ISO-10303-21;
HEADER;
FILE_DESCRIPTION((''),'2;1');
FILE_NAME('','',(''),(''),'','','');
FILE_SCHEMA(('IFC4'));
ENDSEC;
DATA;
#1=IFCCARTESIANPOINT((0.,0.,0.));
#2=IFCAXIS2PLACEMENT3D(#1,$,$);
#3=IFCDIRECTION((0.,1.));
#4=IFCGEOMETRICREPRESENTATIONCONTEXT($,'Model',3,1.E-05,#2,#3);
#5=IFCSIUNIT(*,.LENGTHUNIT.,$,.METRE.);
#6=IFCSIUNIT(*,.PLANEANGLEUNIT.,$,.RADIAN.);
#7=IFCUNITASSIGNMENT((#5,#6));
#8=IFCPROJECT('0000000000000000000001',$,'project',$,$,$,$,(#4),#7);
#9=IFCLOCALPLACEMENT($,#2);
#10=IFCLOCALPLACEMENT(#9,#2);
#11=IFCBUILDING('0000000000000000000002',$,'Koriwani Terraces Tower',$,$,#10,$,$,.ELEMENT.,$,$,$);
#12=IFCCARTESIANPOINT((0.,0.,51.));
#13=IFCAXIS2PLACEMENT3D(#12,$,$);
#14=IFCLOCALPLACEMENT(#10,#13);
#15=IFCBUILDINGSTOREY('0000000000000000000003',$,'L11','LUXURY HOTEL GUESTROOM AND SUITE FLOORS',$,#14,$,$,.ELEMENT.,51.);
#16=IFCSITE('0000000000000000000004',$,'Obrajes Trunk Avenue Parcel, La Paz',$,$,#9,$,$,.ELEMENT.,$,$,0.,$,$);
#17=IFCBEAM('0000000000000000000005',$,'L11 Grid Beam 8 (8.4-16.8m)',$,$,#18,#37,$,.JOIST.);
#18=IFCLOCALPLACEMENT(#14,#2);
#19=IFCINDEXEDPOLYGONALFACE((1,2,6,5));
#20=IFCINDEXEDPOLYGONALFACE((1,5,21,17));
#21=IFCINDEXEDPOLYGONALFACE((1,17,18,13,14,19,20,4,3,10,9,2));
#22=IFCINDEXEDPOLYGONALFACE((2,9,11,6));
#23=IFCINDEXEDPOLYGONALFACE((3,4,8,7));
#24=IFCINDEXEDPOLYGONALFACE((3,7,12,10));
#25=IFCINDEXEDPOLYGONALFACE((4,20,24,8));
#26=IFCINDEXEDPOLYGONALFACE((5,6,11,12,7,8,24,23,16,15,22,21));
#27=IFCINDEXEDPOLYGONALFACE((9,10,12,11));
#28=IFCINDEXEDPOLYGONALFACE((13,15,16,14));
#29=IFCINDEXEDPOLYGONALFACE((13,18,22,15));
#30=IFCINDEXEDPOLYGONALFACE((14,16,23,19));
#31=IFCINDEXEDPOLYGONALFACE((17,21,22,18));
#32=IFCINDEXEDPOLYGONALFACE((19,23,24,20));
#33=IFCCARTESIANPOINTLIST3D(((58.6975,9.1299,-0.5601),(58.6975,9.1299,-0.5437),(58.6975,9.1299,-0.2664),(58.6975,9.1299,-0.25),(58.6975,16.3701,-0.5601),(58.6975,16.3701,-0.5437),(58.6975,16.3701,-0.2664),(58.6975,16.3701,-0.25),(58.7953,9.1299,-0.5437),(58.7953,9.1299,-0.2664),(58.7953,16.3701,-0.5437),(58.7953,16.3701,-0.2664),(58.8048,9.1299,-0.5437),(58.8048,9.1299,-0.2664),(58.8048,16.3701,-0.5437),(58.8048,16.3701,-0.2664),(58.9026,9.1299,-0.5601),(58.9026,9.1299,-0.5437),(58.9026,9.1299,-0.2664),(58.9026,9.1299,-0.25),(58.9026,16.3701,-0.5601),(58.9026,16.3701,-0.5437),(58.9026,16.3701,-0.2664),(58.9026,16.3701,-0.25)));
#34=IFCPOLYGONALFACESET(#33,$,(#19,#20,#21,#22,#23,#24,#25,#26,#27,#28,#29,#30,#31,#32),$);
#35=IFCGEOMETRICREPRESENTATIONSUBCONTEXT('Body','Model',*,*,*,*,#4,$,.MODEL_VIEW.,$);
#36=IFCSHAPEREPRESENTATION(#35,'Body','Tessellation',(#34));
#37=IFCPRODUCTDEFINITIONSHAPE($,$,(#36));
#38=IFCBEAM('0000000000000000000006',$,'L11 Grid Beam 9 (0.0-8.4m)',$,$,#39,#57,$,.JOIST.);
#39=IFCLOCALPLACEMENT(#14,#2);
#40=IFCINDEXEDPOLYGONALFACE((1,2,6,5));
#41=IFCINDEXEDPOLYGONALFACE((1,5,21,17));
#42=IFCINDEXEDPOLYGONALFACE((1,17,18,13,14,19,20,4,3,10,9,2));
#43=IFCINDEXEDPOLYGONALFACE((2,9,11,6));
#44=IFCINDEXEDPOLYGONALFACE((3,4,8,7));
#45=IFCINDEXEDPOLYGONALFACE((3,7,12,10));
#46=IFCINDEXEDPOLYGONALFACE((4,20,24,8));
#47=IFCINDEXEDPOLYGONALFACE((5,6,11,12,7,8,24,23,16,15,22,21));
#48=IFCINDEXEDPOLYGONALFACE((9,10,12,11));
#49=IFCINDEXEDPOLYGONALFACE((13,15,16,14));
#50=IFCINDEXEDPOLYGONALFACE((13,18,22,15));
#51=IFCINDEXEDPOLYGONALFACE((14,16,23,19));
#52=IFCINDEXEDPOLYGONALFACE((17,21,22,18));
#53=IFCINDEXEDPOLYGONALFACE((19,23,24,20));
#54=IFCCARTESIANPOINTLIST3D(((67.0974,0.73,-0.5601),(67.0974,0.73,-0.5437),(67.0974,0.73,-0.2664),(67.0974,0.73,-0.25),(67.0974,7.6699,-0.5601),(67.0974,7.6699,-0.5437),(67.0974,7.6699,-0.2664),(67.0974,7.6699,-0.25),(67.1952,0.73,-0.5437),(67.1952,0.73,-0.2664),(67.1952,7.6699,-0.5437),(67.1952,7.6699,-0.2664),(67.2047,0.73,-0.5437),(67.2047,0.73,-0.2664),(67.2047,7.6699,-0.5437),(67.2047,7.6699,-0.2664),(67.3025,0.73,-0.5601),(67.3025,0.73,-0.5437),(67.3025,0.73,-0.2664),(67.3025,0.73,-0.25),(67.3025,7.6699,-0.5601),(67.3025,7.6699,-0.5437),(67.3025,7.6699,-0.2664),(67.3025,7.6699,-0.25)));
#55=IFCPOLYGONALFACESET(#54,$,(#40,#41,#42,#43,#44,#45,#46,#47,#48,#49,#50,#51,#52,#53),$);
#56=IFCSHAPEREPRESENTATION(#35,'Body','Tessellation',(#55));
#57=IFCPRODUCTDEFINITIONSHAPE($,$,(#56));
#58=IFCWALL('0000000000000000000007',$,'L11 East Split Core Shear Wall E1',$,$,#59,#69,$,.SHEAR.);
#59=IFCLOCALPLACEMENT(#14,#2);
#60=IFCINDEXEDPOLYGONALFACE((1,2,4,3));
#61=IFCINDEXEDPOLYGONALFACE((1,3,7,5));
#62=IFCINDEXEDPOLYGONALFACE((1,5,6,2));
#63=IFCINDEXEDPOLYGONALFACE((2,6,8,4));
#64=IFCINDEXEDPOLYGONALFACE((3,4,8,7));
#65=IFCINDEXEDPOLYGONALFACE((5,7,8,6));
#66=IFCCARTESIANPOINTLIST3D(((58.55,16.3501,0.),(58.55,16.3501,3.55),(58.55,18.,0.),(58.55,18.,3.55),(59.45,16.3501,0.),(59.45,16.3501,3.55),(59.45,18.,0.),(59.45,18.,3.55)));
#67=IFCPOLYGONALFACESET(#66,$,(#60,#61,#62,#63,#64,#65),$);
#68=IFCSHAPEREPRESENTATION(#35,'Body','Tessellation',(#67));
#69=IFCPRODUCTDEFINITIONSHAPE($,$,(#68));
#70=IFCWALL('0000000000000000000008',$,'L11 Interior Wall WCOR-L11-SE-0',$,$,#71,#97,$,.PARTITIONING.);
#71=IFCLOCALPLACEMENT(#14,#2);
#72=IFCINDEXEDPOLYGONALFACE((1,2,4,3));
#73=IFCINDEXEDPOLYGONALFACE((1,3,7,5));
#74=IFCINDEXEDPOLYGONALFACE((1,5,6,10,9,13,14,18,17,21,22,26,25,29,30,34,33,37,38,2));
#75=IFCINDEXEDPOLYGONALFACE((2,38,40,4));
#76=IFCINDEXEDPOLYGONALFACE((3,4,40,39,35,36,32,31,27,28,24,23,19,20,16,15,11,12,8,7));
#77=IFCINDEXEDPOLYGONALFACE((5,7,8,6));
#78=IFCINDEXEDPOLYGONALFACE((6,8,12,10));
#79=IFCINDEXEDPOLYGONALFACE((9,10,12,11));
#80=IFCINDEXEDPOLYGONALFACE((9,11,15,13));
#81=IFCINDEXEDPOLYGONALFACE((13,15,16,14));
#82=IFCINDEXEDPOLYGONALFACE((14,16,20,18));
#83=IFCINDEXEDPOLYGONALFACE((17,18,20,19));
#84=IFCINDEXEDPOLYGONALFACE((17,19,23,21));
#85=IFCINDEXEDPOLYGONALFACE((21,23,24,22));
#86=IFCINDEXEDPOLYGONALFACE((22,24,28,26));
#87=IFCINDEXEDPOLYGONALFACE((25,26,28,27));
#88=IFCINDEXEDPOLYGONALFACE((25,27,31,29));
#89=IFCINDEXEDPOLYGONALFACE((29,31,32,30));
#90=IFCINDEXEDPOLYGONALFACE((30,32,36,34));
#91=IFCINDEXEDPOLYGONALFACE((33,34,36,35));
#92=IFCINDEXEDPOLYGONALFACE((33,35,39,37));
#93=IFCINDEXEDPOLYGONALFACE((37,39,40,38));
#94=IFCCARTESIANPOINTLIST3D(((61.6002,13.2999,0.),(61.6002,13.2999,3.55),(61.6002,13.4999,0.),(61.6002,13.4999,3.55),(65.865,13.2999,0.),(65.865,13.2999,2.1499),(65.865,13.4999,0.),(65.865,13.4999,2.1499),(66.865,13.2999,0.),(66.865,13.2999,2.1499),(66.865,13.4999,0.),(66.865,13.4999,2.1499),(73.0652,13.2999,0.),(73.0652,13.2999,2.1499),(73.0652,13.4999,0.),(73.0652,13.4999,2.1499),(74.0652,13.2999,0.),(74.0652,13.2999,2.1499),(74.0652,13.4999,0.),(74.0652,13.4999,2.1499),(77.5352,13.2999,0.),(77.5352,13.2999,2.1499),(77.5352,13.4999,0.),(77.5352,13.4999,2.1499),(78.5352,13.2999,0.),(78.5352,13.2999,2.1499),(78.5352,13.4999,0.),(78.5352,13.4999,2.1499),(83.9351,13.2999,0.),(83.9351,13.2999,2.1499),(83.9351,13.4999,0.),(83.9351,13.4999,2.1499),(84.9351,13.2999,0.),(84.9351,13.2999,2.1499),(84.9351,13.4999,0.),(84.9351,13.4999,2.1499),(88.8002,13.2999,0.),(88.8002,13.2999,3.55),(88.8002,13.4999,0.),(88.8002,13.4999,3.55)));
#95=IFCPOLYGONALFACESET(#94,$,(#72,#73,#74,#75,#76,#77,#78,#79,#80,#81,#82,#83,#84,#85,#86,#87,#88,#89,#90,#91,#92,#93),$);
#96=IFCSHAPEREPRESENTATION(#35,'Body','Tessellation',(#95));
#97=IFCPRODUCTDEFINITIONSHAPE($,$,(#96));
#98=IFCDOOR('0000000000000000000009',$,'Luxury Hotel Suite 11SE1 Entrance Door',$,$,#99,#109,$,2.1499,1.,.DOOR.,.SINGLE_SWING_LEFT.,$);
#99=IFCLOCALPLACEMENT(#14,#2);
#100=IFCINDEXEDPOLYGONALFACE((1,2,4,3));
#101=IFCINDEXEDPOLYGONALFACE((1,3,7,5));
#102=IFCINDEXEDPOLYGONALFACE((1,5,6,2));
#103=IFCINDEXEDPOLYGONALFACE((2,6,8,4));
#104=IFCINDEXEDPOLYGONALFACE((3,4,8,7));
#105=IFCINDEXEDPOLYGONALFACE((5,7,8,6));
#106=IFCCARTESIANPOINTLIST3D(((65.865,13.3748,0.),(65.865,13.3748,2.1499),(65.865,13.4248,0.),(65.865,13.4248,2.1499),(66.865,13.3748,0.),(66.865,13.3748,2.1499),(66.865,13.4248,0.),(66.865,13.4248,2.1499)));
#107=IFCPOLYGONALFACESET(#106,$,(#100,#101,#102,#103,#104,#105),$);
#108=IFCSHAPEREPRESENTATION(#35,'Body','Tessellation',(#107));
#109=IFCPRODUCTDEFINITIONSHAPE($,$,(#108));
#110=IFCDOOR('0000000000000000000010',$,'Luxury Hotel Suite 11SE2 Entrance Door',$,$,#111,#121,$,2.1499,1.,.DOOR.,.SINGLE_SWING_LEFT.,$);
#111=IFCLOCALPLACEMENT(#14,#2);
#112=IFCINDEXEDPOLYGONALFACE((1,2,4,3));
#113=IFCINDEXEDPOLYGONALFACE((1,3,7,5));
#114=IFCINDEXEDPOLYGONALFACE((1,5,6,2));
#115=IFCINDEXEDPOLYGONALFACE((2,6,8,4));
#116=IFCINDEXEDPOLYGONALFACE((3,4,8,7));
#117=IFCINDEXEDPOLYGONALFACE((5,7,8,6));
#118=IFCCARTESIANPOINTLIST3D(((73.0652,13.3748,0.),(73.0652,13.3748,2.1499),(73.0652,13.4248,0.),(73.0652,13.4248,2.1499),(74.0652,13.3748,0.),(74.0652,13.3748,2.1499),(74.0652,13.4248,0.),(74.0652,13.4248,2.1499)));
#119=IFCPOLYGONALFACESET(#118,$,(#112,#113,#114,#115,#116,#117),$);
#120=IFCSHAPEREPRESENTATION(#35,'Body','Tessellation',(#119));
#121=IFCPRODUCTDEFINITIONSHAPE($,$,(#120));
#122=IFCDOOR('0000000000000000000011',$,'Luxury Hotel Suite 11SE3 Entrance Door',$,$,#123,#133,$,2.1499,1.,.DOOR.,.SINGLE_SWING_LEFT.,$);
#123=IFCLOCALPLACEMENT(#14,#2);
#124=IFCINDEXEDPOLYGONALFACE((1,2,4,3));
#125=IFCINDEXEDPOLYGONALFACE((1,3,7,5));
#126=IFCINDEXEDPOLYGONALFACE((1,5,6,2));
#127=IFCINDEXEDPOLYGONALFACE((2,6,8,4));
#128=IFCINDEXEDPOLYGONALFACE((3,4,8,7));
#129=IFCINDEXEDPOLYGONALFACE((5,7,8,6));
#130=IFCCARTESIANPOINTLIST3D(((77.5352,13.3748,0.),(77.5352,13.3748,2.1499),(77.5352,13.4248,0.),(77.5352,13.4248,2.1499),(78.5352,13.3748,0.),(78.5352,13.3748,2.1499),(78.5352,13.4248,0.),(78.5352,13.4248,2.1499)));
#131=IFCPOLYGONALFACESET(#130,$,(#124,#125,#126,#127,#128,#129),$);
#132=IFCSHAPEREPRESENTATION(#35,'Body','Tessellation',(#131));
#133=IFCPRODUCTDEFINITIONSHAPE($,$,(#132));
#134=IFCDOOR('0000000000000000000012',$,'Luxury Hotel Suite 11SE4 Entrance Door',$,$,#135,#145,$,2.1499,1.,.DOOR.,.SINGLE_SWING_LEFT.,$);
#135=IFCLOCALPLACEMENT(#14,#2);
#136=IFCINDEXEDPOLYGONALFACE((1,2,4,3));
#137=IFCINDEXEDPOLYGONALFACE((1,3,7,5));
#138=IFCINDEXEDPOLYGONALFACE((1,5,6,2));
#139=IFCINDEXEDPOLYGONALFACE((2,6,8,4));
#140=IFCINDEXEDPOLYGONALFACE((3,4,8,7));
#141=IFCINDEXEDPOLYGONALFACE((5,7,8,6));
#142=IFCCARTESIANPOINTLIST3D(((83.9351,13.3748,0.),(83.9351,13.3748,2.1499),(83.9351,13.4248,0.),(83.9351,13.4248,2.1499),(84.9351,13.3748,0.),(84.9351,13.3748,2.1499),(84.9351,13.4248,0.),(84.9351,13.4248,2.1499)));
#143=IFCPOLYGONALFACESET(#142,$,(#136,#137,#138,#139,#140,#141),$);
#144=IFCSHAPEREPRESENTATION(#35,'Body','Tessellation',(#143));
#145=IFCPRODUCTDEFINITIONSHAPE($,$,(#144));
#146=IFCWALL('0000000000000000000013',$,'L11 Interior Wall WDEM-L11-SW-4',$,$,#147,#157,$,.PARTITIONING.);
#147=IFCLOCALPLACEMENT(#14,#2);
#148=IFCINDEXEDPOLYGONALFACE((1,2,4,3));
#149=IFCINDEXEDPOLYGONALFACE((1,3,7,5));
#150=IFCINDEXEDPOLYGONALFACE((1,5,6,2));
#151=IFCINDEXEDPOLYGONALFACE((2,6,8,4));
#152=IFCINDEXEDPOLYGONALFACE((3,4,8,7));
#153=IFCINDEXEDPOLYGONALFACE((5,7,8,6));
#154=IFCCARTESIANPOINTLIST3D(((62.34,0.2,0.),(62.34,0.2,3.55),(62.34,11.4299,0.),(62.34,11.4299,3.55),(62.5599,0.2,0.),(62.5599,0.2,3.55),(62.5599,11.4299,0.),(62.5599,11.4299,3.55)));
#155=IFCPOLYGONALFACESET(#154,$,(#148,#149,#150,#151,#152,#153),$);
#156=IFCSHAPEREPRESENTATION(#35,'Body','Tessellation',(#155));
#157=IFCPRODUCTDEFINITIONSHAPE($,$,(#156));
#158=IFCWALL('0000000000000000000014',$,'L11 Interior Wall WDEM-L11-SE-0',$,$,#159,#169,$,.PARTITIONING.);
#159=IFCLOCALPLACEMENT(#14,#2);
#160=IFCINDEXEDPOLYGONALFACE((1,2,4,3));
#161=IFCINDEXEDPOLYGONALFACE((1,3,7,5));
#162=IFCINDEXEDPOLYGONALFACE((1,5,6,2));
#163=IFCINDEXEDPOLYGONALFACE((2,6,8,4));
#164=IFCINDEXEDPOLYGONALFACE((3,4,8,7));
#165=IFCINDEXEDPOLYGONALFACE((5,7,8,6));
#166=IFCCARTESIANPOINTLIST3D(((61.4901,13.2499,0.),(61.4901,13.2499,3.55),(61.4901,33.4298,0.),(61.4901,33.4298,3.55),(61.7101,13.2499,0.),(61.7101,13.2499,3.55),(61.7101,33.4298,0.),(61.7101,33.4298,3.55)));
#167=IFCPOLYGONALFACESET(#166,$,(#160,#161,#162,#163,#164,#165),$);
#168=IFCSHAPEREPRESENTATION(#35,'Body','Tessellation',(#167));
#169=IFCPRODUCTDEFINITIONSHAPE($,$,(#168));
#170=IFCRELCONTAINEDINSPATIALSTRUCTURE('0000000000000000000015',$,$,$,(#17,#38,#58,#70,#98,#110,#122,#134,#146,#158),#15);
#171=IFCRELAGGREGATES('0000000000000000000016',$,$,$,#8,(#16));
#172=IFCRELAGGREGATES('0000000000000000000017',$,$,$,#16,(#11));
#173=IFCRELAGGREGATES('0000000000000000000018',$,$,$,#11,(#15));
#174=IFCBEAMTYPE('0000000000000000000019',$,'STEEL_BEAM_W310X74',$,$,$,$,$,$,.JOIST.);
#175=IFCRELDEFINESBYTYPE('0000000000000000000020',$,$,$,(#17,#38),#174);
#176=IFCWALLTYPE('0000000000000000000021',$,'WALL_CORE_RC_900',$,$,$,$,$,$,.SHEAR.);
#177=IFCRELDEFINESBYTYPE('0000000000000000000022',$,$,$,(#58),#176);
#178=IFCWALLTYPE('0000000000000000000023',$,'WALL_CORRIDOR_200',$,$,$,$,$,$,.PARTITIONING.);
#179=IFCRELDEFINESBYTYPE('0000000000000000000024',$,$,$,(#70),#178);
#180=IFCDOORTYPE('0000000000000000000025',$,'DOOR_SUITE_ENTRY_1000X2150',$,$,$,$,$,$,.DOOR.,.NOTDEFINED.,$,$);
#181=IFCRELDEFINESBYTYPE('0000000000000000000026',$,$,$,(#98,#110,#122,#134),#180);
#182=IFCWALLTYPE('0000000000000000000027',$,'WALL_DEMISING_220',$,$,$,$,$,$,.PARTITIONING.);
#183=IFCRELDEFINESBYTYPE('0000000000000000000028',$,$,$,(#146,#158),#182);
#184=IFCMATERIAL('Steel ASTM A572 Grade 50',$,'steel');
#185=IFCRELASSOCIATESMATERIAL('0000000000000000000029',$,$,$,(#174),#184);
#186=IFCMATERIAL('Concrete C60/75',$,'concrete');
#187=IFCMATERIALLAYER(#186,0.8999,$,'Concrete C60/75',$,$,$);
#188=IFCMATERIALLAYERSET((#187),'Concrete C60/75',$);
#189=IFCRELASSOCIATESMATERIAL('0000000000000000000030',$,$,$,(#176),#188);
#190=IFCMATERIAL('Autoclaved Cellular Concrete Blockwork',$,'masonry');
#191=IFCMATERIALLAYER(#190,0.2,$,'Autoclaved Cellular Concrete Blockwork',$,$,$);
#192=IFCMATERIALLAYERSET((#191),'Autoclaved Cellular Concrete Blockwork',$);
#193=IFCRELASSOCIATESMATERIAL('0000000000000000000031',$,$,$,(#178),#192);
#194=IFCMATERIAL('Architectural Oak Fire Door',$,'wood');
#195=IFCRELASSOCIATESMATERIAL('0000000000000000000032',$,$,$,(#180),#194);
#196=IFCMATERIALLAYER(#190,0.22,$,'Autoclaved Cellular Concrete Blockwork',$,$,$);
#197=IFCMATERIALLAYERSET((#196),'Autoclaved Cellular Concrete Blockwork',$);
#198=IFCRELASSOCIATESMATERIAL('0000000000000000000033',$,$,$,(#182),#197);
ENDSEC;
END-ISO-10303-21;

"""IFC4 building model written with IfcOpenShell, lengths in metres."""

from ifc_helpers import new_model, si_unit, direction, frame, frame_2d, origin, origin_2d, place, context, subcontext, project, spatial, rectangle, i_section, extrude, material, layer, layer_set, material_profile, profile_set, type_object, element, fill, save


model = new_model("IFC4")

# Units and contexts
model_context = context("Model", 3, precision=1e-05, world=origin(), true_north=direction((0.0, 1.0)))
body_context = subcontext(model_context, "Body", "Model", "MODEL_VIEW")
ifc_project = project(units=[si_unit("LENGTHUNIT", "METRE"), si_unit("PLANEANGLEUNIT", "RADIAN")], contexts=[model_context])

# Site, building, storey
site_placement = place(None, origin())
site = spatial("IfcSite", under=ifc_project, at=site_placement, Name="Obrajes Trunk Avenue Parcel, La Paz", CompositionType="ELEMENT", RefElevation=0.0)
building_placement = place(site_placement, origin())
building = spatial("IfcBuilding", under=site, at=building_placement, Name="Koriwani Terraces Tower", CompositionType="ELEMENT")
storey_placement = place(building_placement, frame((0.0, 0.0, 51.0)))
storey = spatial("IfcBuildingStorey", under=building, at=storey_placement, Name="L11", Description="LUXURY HOTEL GUESTROOM AND SUITE FLOORS", CompositionType="ELEMENT", Elevation=51.0)

# Shared definitions
ifc_material_1 = material(Name="Concrete C60/75", Category="concrete")

# Beams
ifc_material_2 = material(Name="Steel ASTM A572 Grade 50", Category="steel")
ifc_material_profile_1 = material_profile(ifc_material_2, i_section(OverallWidth=0.2051, OverallDepth=0.3101, WebThickness=0.0095, FlangeThickness=0.0164, at=origin_2d()), Name="Steel ASTM A572 Grade 50", Category="LoadBearing")
ifc_profile_set_1 = profile_set([ifc_material_profile_1], Name="Steel ASTM A572 Grade 50")
beam_type_1 = type_object("IfcBeamType", Name="STEEL_BEAM_W310X74", PredefinedType="JOIST", material=ifc_profile_set_1)
beam_1_placement = place(storey_placement, frame((58.8, 9.1299, -0.405), z_axis=(0.0, 1.0, 0.0), x_axis=(-1.0, 0.0, 0.0)))
element("IfcBeam", 1, at=beam_1_placement, inside=storey, type_object=beam_type_1, Name="L11 Grid Beam 8 (8.4-16.8m)", PredefinedType="JOIST", context=body_context, shape_type="SweptSolid", body=[
    extrude(i_section(OverallWidth=0.2051, OverallDepth=0.3101, WebThickness=0.0095, FlangeThickness=0.0164, at=origin_2d()), origin(), (0.0, 0.0, 1.0), 7.2402),
])
beam_2_placement = place(storey_placement, frame((67.2, 0.73, -0.405), z_axis=(0.0, 1.0, 0.0), x_axis=(-1.0, 0.0, 0.0)))
element("IfcBeam", 2, at=beam_2_placement, inside=storey, type_object=beam_type_1, Name="L11 Grid Beam 9 (0.0-8.4m)", PredefinedType="JOIST", context=body_context, shape_type="SweptSolid", body=[
    extrude(i_section(OverallWidth=0.2051, OverallDepth=0.3101, WebThickness=0.0095, FlangeThickness=0.0164, at=origin_2d()), origin(), (0.0, 0.0, 1.0), 6.9399),
])

# Wall
ifc_layer_1 = layer(ifc_material_1, 0.8999, Name="Concrete C60/75")
ifc_layer_set_1 = layer_set([ifc_layer_1], Name="Concrete C60/75")
wall_type_1 = type_object("IfcWallType", Name="WALL_CORE_RC_900", PredefinedType="SHEAR", material=ifc_layer_set_1)
wall_1_placement = place(storey_placement, frame((59.0, 16.3501, 0.0), z_axis=(0.0, 0.0, 1.0), x_axis=(0.0, 1.0, 0.0)))
element("IfcWall", 3, at=wall_1_placement, inside=storey, type_object=wall_type_1, Name="L11 East Split Core Shear Wall E1", PredefinedType="SHEAR", context=body_context, shape_type="SweptSolid", body=[
    extrude(rectangle(XDim=1.6499, YDim=0.8999, at=frame_2d((0.825, 0.0))), origin(), (0.0, 0.0, 1.0), 3.55),
])

# Wall, openings, doors
ifc_material_3 = material(Name="Autoclaved Cellular Concrete Blockwork", Category="masonry")
ifc_layer_2 = layer(ifc_material_3, 0.2, Name="Autoclaved Cellular Concrete Blockwork")
ifc_layer_set_2 = layer_set([ifc_layer_2], Name="Autoclaved Cellular Concrete Blockwork")
wall_type_2 = type_object("IfcWallType", Name="WALL_CORRIDOR_200", PredefinedType="PARTITIONING", material=ifc_layer_set_2)
wall_2_placement = place(storey_placement, frame((61.6001, 13.3999, 0.0), z_axis=(0.0, 0.0, 1.0), x_axis=(1.0, 0.0, 0.0)))
wall_2 = element("IfcWall", 4, at=wall_2_placement, inside=storey, type_object=wall_type_2, Name="L11 Interior Wall WCOR-L11-SE-0", PredefinedType="PARTITIONING", context=body_context, shape_type="SweptSolid", body=[
    extrude(rectangle(XDim=27.2, YDim=0.2, at=frame_2d((13.6001, 0.0))), origin(), (0.0, 0.0, 1.0), 3.55),
])
opening_1_placement = place(wall_2_placement, frame((4.2649, 0.0, 0.0)))
opening_1 = element("IfcOpeningElement", 5, at=opening_1_placement, cuts=wall_2, PredefinedType="OPENING", context=body_context, shape_type="SweptSolid", body=[
    extrude(rectangle(XDim=1.0, YDim=2.1499, at=frame_2d((0.5, 1.075))), frame((0.0, 0.1099, 0.0), z_axis=(0.0, -1.0, 0.0), x_axis=(1.0, 0.0, 0.0)), (0.0, 0.0, 1.0), 0.22),
])
opening_2_placement = place(wall_2_placement, frame((11.4651, 0.0, 0.0)))
opening_2 = element("IfcOpeningElement", 6, at=opening_2_placement, cuts=wall_2, PredefinedType="OPENING", context=body_context, shape_type="SweptSolid", body=[
    extrude(rectangle(XDim=1.0, YDim=2.1499, at=frame_2d((0.5, 1.075))), frame((0.0, 0.1099, 0.0), z_axis=(0.0, -1.0, 0.0), x_axis=(1.0, 0.0, 0.0)), (0.0, 0.0, 1.0), 0.22),
])
opening_3_placement = place(wall_2_placement, frame((15.9351, 0.0, 0.0)))
opening_3 = element("IfcOpeningElement", 7, at=opening_3_placement, cuts=wall_2, PredefinedType="OPENING", context=body_context, shape_type="SweptSolid", body=[
    extrude(rectangle(XDim=1.0, YDim=2.1499, at=frame_2d((0.5, 1.075))), frame((0.0, 0.1099, 0.0), z_axis=(0.0, -1.0, 0.0), x_axis=(1.0, 0.0, 0.0)), (0.0, 0.0, 1.0), 0.22),
])
opening_4_placement = place(wall_2_placement, frame((22.335, 0.0, 0.0)))
opening_4 = element("IfcOpeningElement", 8, at=opening_4_placement, cuts=wall_2, PredefinedType="OPENING", context=body_context, shape_type="SweptSolid", body=[
    extrude(rectangle(XDim=1.0, YDim=2.1499, at=frame_2d((0.5, 1.075))), frame((0.0, 0.1099, 0.0), z_axis=(0.0, -1.0, 0.0), x_axis=(1.0, 0.0, 0.0)), (0.0, 0.0, 1.0), 0.22),
])
ifc_material_4 = material(Name="Architectural Oak Fire Door", Category="wood")
door_type_1 = type_object("IfcDoorType", Name="DOOR_SUITE_ENTRY_1000X2150", OperationType="NOTDEFINED", PredefinedType="DOOR", material=ifc_material_4)
door_1_placement = place(opening_1_placement, origin())
door_1 = element("IfcDoor", 9, at=door_1_placement, inside=storey, type_object=door_type_1, Name="Luxury Hotel Suite 11SE1 Entrance Door", OperationType="SINGLE_SWING_LEFT", OverallHeight=2.1499, OverallWidth=1.0, PredefinedType="DOOR", context=body_context, shape_type="SweptSolid", body=[
    extrude(rectangle(XDim=1.0, YDim=2.1499, at=frame_2d((0.5, 1.075))), frame((0.0, 0.0249, 0.0), z_axis=(0.0, -1.0, 0.0), x_axis=(1.0, 0.0, 0.0)), (0.0, 0.0, 1.0), 0.05),
])
fill(opening_1, door_1)
door_2_placement = place(opening_2_placement, origin())
door_2 = element("IfcDoor", 10, at=door_2_placement, inside=storey, type_object=door_type_1, Name="Luxury Hotel Suite 11SE2 Entrance Door", OperationType="SINGLE_SWING_LEFT", OverallHeight=2.1499, OverallWidth=1.0, PredefinedType="DOOR", context=body_context, shape_type="SweptSolid", body=[
    extrude(rectangle(XDim=1.0, YDim=2.1499, at=frame_2d((0.5, 1.075))), frame((0.0, 0.0249, 0.0), z_axis=(0.0, -1.0, 0.0), x_axis=(1.0, 0.0, 0.0)), (0.0, 0.0, 1.0), 0.05),
])
fill(opening_2, door_2)
door_3_placement = place(opening_3_placement, origin())
door_3 = element("IfcDoor", 11, at=door_3_placement, inside=storey, type_object=door_type_1, Name="Luxury Hotel Suite 11SE3 Entrance Door", OperationType="SINGLE_SWING_LEFT", OverallHeight=2.1499, OverallWidth=1.0, PredefinedType="DOOR", context=body_context, shape_type="SweptSolid", body=[
    extrude(rectangle(XDim=1.0, YDim=2.1499, at=frame_2d((0.5, 1.075))), frame((0.0, 0.0249, 0.0), z_axis=(0.0, -1.0, 0.0), x_axis=(1.0, 0.0, 0.0)), (0.0, 0.0, 1.0), 0.05),
])
fill(opening_3, door_3)
door_4_placement = place(opening_4_placement, origin())
door_4 = element("IfcDoor", 12, at=door_4_placement, inside=storey, type_object=door_type_1, Name="Luxury Hotel Suite 11SE4 Entrance Door", OperationType="SINGLE_SWING_LEFT", OverallHeight=2.1499, OverallWidth=1.0, PredefinedType="DOOR", context=body_context, shape_type="SweptSolid", body=[
    extrude(rectangle(XDim=1.0, YDim=2.1499, at=frame_2d((0.5, 1.075))), frame((0.0, 0.0249, 0.0), z_axis=(0.0, -1.0, 0.0), x_axis=(1.0, 0.0, 0.0)), (0.0, 0.0, 1.0), 0.05),
])
fill(opening_4, door_4)

# Walls
ifc_layer_3 = layer(ifc_material_3, 0.22, Name="Autoclaved Cellular Concrete Blockwork")
ifc_layer_set_3 = layer_set([ifc_layer_3], Name="Autoclaved Cellular Concrete Blockwork")
wall_type_3 = type_object("IfcWallType", Name="WALL_DEMISING_220", PredefinedType="PARTITIONING", material=ifc_layer_set_3)
wall_3_placement = place(storey_placement, frame((62.45, 0.2, 0.0), z_axis=(0.0, 0.0, 1.0), x_axis=(0.0, 1.0, 0.0)))
element("IfcWall", 13, at=wall_3_placement, inside=storey, type_object=wall_type_3, Name="L11 Interior Wall WDEM-L11-SW-4", PredefinedType="PARTITIONING", context=body_context, shape_type="SweptSolid", body=[
    extrude(rectangle(XDim=11.23, YDim=0.22, at=frame_2d((5.615, 0.0))), origin(), (0.0, 0.0, 1.0), 3.55),
])
for number, where, z_axis, x_axis, name in (
    (14, (61.6001, 13.25, 0.0), (0.0, 0.0, 1.0), (0.0, 1.0, 0.0), "L11 Interior Wall WDEM-L11-SE-0"),
):
    element("IfcWall", number, at=place(storey_placement, frame(where, z_axis=z_axis, x_axis=x_axis)), inside=storey, type_object=wall_type_3, Name=name, PredefinedType="PARTITIONING", context=body_context, shape_type="SweptSolid", body=[
        extrude(rectangle(XDim=20.1799, YDim=0.22, at=frame_2d((10.0898, 0.0))), origin(), (0.0, 0.0, 1.0), 3.55),
    ])

save(model, "model.ifc")
